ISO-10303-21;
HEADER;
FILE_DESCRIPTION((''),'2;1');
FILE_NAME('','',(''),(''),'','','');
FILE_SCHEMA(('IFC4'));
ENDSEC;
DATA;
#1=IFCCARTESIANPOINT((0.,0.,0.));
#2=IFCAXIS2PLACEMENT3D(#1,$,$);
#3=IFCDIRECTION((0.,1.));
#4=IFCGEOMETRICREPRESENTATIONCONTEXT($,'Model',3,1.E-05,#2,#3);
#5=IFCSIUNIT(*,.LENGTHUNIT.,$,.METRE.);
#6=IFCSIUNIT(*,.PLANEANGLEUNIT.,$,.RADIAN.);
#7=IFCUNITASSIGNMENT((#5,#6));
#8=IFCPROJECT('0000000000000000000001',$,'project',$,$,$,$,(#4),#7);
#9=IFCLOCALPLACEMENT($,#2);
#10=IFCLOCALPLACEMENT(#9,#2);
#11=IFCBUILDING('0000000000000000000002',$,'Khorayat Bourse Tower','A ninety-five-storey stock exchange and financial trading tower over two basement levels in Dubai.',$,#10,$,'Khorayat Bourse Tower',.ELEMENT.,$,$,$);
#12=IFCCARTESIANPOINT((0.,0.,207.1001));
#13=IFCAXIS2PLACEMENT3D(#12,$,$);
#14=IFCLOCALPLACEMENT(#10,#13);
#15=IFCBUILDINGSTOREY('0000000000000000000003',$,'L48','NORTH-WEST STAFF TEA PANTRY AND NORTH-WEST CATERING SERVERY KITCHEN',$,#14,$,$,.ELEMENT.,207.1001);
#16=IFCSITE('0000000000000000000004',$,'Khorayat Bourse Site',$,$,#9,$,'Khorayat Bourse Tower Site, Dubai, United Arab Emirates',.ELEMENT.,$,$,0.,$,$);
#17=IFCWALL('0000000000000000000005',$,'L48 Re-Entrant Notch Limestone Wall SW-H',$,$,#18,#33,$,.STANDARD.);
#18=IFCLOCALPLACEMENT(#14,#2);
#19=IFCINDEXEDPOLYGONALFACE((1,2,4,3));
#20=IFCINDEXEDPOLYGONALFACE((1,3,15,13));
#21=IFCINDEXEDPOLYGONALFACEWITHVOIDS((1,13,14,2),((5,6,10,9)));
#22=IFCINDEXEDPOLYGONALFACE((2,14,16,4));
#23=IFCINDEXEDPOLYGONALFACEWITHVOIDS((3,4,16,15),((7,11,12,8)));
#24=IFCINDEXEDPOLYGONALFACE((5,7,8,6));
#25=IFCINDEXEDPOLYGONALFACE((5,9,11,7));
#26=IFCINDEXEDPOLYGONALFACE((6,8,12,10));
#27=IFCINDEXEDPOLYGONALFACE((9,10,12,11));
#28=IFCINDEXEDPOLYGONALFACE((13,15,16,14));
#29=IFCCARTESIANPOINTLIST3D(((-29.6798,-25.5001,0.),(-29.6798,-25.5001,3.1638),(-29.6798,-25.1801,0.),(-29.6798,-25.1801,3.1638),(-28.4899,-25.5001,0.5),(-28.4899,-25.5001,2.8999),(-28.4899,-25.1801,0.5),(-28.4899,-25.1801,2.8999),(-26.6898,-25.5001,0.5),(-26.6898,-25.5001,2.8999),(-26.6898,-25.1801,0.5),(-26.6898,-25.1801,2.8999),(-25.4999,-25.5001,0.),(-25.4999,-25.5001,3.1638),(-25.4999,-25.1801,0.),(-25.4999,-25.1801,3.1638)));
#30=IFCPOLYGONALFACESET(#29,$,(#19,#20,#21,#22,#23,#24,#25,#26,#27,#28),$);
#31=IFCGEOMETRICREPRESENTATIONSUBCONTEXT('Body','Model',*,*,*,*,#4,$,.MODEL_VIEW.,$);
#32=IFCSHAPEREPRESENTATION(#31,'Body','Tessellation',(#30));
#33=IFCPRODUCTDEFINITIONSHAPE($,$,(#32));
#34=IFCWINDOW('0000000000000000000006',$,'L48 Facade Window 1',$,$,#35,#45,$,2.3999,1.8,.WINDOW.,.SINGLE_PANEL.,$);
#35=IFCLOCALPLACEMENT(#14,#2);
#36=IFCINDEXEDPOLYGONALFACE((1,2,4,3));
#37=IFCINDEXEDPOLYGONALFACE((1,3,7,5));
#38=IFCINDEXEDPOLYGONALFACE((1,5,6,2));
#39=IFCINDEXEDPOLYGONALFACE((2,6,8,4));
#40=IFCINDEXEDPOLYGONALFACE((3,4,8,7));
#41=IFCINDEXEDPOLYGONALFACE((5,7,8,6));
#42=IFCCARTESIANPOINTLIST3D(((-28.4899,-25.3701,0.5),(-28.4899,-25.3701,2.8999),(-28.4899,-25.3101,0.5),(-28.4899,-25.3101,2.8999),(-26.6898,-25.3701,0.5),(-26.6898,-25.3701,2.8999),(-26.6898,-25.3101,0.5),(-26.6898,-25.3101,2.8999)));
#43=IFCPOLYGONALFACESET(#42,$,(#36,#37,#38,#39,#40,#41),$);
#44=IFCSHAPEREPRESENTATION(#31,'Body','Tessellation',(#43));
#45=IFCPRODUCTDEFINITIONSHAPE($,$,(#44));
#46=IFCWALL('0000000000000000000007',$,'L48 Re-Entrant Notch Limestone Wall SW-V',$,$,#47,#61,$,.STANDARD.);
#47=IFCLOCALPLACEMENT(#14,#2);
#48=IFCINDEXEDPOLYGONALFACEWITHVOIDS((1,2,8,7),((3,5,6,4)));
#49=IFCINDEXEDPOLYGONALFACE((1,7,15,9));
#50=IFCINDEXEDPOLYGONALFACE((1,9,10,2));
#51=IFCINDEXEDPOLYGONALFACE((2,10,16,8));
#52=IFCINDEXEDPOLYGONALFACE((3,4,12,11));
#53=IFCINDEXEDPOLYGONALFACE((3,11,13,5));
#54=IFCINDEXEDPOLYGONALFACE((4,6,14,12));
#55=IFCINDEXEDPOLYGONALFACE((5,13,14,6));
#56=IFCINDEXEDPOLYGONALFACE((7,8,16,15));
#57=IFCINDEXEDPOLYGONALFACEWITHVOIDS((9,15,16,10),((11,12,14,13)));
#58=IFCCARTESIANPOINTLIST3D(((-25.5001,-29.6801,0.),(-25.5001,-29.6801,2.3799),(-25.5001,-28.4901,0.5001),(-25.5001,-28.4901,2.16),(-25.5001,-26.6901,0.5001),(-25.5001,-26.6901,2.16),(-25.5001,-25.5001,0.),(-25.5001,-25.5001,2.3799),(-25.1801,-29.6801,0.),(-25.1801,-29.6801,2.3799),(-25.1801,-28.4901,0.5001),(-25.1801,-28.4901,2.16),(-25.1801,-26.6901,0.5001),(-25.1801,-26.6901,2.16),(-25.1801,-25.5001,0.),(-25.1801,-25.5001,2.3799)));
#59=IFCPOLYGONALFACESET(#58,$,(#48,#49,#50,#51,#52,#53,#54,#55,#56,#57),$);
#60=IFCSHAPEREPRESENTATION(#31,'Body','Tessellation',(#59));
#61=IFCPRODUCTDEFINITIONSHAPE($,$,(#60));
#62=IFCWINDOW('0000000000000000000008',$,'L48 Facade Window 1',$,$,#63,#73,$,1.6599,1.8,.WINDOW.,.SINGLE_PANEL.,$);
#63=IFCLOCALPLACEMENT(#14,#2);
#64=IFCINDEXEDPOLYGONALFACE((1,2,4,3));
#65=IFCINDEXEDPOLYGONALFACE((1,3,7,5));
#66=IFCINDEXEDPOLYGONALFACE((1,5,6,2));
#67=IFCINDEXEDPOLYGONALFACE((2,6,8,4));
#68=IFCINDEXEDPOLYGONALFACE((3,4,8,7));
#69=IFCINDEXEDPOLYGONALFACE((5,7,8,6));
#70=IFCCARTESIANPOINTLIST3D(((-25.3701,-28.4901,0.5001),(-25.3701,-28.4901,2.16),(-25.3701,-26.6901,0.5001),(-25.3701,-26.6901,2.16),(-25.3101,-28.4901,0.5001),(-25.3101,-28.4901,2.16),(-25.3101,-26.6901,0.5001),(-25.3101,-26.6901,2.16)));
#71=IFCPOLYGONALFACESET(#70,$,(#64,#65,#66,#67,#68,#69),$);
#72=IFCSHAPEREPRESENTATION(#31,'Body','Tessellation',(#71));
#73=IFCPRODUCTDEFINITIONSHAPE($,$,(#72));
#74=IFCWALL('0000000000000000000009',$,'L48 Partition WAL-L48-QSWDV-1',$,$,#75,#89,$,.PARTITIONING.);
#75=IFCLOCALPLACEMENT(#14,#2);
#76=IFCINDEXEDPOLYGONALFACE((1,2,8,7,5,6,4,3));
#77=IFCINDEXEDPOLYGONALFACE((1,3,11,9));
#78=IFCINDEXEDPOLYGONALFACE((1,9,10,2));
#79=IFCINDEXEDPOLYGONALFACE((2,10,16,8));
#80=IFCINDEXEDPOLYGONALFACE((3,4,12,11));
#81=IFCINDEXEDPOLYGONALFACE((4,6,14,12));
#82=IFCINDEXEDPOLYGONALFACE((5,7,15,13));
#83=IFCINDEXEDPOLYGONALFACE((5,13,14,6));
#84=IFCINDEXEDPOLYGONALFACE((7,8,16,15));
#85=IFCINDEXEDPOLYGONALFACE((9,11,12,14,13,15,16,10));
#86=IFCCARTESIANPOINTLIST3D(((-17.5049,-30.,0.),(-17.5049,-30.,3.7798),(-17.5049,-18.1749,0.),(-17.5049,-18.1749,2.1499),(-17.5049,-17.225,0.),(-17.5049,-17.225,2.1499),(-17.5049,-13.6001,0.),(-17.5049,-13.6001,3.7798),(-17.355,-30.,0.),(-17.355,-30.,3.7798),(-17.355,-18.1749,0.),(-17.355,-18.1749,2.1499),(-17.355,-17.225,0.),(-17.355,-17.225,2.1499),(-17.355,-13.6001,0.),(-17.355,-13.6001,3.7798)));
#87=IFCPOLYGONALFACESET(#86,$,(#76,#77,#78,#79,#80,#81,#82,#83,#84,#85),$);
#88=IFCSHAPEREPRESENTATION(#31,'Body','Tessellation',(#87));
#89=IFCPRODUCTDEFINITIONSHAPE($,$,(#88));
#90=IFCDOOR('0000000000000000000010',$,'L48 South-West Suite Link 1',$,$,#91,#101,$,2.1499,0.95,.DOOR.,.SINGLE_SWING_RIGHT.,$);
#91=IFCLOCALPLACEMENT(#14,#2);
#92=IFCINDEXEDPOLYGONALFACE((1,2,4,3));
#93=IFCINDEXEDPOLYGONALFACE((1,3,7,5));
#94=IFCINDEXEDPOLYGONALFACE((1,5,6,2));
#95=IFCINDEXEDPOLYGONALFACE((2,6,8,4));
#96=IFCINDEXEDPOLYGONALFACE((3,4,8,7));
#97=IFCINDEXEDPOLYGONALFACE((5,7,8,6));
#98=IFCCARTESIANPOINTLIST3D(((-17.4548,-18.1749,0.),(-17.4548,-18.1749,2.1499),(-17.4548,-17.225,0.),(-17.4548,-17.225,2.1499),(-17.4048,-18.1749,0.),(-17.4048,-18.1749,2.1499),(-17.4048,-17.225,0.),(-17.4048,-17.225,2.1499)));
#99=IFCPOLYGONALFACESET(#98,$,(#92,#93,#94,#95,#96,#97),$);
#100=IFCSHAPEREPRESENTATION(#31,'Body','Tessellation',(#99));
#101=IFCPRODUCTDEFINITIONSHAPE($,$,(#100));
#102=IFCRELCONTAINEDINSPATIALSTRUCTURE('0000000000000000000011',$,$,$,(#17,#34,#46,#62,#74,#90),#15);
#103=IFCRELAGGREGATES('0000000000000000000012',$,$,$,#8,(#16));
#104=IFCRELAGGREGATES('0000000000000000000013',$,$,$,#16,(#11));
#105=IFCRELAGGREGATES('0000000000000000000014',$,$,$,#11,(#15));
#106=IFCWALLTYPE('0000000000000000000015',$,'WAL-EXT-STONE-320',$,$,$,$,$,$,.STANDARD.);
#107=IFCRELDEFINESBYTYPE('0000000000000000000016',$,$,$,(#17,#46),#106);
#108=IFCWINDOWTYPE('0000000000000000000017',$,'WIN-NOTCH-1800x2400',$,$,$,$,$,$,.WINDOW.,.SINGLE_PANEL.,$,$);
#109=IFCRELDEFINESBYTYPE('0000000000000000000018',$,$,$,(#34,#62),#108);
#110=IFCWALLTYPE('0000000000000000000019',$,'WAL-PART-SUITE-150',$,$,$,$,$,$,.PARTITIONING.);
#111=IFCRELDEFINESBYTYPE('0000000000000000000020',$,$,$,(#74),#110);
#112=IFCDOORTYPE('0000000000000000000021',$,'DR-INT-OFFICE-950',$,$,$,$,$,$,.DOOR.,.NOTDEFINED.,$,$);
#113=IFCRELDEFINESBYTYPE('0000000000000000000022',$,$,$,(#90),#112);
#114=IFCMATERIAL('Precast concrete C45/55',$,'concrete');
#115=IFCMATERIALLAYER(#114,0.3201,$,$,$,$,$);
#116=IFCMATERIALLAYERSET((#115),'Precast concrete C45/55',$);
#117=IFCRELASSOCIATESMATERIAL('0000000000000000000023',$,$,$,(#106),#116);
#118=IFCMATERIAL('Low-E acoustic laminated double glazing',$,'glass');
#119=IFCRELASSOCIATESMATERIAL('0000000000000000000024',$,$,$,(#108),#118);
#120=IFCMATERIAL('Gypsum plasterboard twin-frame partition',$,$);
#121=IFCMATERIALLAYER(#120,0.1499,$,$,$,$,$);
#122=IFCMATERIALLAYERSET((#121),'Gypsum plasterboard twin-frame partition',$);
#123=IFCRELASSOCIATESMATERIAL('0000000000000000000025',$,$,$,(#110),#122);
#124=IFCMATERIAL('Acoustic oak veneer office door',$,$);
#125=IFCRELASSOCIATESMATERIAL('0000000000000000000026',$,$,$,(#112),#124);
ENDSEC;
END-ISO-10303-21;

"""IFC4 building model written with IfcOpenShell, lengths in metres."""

from ifc_helpers import new_model, si_unit, direction, frame, frame_2d, origin, place, context, subcontext, project, spatial, rectangle, extrude, source, transform, mapped, material, layer, layer_set, type_object, element, fill, save


model = new_model("IFC4")

# Units and contexts
model_context = context("Model", 3, precision=1e-05, world=origin(), true_north=direction((0.0, 1.0)))
body_context = subcontext(model_context, "Body", "Model", "MODEL_VIEW")
ifc_project = project(units=[si_unit("LENGTHUNIT", "METRE"), si_unit("PLANEANGLEUNIT", "RADIAN")], contexts=[model_context])

# Site, building, storey
site_placement = place(None, origin())
site = spatial("IfcSite", under=ifc_project, at=site_placement, Name="Khorayat Bourse Site", LongName="Khorayat Bourse Tower Site, Dubai, United Arab Emirates", CompositionType="ELEMENT", RefElevation=0.0)
building_placement = place(site_placement, origin())
building = spatial("IfcBuilding", under=site, at=building_placement, Name="Khorayat Bourse Tower", Description="A ninety-five-storey stock exchange and financial trading tower over two basement levels in Dubai.", LongName="Khorayat Bourse Tower", CompositionType="ELEMENT")
storey_placement = place(building_placement, frame((0.0, 0.0, 207.1001)))
storey = spatial("IfcBuildingStorey", under=building, at=storey_placement, Name="L48", Description="NORTH-WEST STAFF TEA PANTRY AND NORTH-WEST CATERING SERVERY KITCHEN", CompositionType="ELEMENT", Elevation=207.1001)

# Walls, openings, windows
ifc_material_1 = material(Name="Precast concrete C45/55", Category="concrete")
ifc_layer_1 = layer(ifc_material_1, 0.3201)
ifc_layer_set_1 = layer_set([ifc_layer_1], Name="Precast concrete C45/55")
wall_type_1 = type_object("IfcWallType", Name="WAL-EXT-STONE-320", PredefinedType="STANDARD", material=ifc_layer_set_1)
shared_shape_1 = source(origin(), body_context, "Body", "SweptSolid", [
    extrude(rectangle(XDim=4.1799, YDim=0.3201, at=frame_2d((2.0898, 0.0))), origin(), (0.0, 0.0, 1.0), 3.1638),
])
wall_1_placement = place(storey_placement, frame((-25.5, -25.3401, 0.0), z_axis=(0.0, 0.0, 1.0), x_axis=(-1.0, 0.0, 0.0)))
wall_1 = element("IfcWall", 1, at=wall_1_placement, inside=storey, type_object=wall_type_1, Name="L48 Re-Entrant Notch Limestone Wall SW-H", PredefinedType="STANDARD", context=body_context, shape_type="MappedRepresentation", body=[
    mapped(shared_shape_1, transform((0.0, 0.0, 0.0), scale=1.0)),
])
shared_shape_2 = source(origin(), body_context, "Body", "SweptSolid", [
    extrude(rectangle(XDim=1.8, YDim=2.3999, at=frame_2d((0.8999, 1.2))), frame((0.0, 0.1699, 0.0), z_axis=(0.0, -1.0, 0.0), x_axis=(1.0, 0.0, 0.0)), (0.0, 0.0, 1.0), 0.3401),
])
opening_1_placement = place(wall_1_placement, frame((1.1899, 0.0, 0.5)))
opening_1 = element("IfcOpeningElement", 2, at=opening_1_placement, cuts=wall_1, PredefinedType="OPENING", context=body_context, shape_type="MappedRepresentation", body=[
    mapped(shared_shape_2, transform((0.0, 0.0, 0.0), scale=1.0)),
])
ifc_material_2 = material(Name="Low-E acoustic laminated double glazing", Category="glass")
window_type = type_object("IfcWindowType", Name="WIN-NOTCH-1800x2400", PartitioningType="SINGLE_PANEL", PredefinedType="WINDOW", material=ifc_material_2)
shared_shape_3 = source(origin(), body_context, "Body", "SweptSolid", [
    extrude(rectangle(XDim=1.8, YDim=2.3999, at=frame_2d((0.8999, 1.2))), frame((0.0, 0.03, 0.0), z_axis=(0.0, -1.0, 0.0), x_axis=(1.0, 0.0, 0.0)), (0.0, 0.0, 1.0), 0.0601),
])
window_1_placement = place(opening_1_placement, origin())
window_1 = element("IfcWindow", 3, at=window_1_placement, inside=storey, type_object=window_type, Name="L48 Facade Window 1", OverallHeight=2.3999, OverallWidth=1.8, PartitioningType="SINGLE_PANEL", PredefinedType="WINDOW", context=body_context, shape_type="MappedRepresentation", body=[
    mapped(shared_shape_3, transform((0.0, 0.0, 0.0), scale=1.0)),
])
fill(opening_1, window_1)
shared_shape_4 = source(origin(), body_context, "Body", "SweptSolid", [
    extrude(rectangle(XDim=4.1799, YDim=0.3201, at=frame_2d((2.0898, 0.0))), origin(), (0.0, 0.0, 1.0), 2.3799),
])
wall_2_placement = place(storey_placement, frame((-25.3401, -29.6799, 0.0), z_axis=(0.0, 0.0, 1.0), x_axis=(0.0, 1.0, 0.0)))
wall_2 = element("IfcWall", 4, at=wall_2_placement, inside=storey, type_object=wall_type_1, Name="L48 Re-Entrant Notch Limestone Wall SW-V", PredefinedType="STANDARD", context=body_context, shape_type="MappedRepresentation", body=[
    mapped(shared_shape_4, transform((0.0, 0.0, 0.0), scale=1.0)),
])
shared_shape_5 = source(origin(), body_context, "Body", "SweptSolid", [
    extrude(rectangle(XDim=1.8, YDim=1.6599, at=frame_2d((0.8999, 0.8301))), frame((0.0, 0.1699, 0.0), z_axis=(0.0, -1.0, 0.0), x_axis=(1.0, 0.0, 0.0)), (0.0, 0.0, 1.0), 0.3401),
])
opening_2_placement = place(wall_2_placement, frame((1.1899, 0.0, 0.5)))
opening_2 = element("IfcOpeningElement", 5, at=opening_2_placement, cuts=wall_2, PredefinedType="OPENING", context=body_context, shape_type="MappedRepresentation", body=[
    mapped(shared_shape_5, transform((0.0, 0.0, 0.0), scale=1.0)),
])
shared_shape_6 = source(origin(), body_context, "Body", "SweptSolid", [
    extrude(rectangle(XDim=1.8, YDim=1.6599, at=frame_2d((0.8999, 0.8301))), frame((0.0, 0.03, 0.0), z_axis=(0.0, -1.0, 0.0), x_axis=(1.0, 0.0, 0.0)), (0.0, 0.0, 1.0), 0.0601),
])
window_2_placement = place(opening_2_placement, origin())
window_2 = element("IfcWindow", 6, at=window_2_placement, inside=storey, type_object=window_type, Name="L48 Facade Window 1", OverallHeight=1.6599, OverallWidth=1.8, PartitioningType="SINGLE_PANEL", PredefinedType="WINDOW", context=body_context, shape_type="MappedRepresentation", body=[
    mapped(shared_shape_6, transform((0.0, 0.0, 0.0), scale=1.0)),
])
fill(opening_2, window_2)

# Wall, opening, door
ifc_material_3 = material(Name="Gypsum plasterboard twin-frame partition")
ifc_layer_2 = layer(ifc_material_3, 0.1499)
ifc_layer_set_2 = layer_set([ifc_layer_2], Name="Gypsum plasterboard twin-frame partition")
wall_type_2 = type_object("IfcWallType", Name="WAL-PART-SUITE-150", PredefinedType="PARTITIONING", material=ifc_layer_set_2)
shared_shape_7 = source(origin(), body_context, "Body", "SweptSolid", [
    extrude(rectangle(XDim=16.3999, YDim=0.1499, at=frame_2d((8.2, 0.0))), origin(), (0.0, 0.0, 1.0), 3.7798),
])
wall_3_placement = place(storey_placement, frame((-17.4299, -30.0, 0.0), z_axis=(0.0, 0.0, 1.0), x_axis=(0.0, 1.0, 0.0)))
wall_3 = element("IfcWall", 7, at=wall_3_placement, inside=storey, type_object=wall_type_2, Name="L48 Partition WAL-L48-QSWDV-1", PredefinedType="PARTITIONING", context=body_context, shape_type="MappedRepresentation", body=[
    mapped(shared_shape_7, transform((0.0, 0.0, 0.0), scale=1.0)),
])
shared_shape_8 = source(origin(), body_context, "Body", "SweptSolid", [
    extrude(rectangle(XDim=0.95, YDim=2.1499, at=frame_2d((0.4751, 1.075))), frame((0.0, 0.085, 0.0), z_axis=(0.0, -1.0, 0.0), x_axis=(1.0, 0.0, 0.0)), (0.0, 0.0, 1.0), 0.1699),
])
opening_3_placement = place(wall_3_placement, frame((11.825, 0.0, 0.0)))
opening_3 = element("IfcOpeningElement", 8, at=opening_3_placement, cuts=wall_3, PredefinedType="OPENING", context=body_context, shape_type="MappedRepresentation", body=[
    mapped(shared_shape_8, transform((0.0, 0.0, 0.0), scale=1.0)),
])
ifc_material_4 = material(Name="Acoustic oak veneer office door")
door_type = type_object("IfcDoorType", Name="DR-INT-OFFICE-950", OperationType="NOTDEFINED", PredefinedType="DOOR", material=ifc_material_4)
shared_shape_9 = source(origin(), body_context, "Body", "SweptSolid", [
    extrude(rectangle(XDim=0.95, YDim=2.1499, at=frame_2d((0.4751, 1.075))), frame((0.0, 0.0249, 0.0), z_axis=(0.0, -1.0, 0.0), x_axis=(1.0, 0.0, 0.0)), (0.0, 0.0, 1.0), 0.05),
])
door_placement = place(opening_3_placement, origin())
door = element("IfcDoor", 9, at=door_placement, inside=storey, type_object=door_type, Name="L48 South-West Suite Link 1", OperationType="SINGLE_SWING_RIGHT", OverallHeight=2.1499, OverallWidth=0.95, PredefinedType="DOOR", context=body_context, shape_type="MappedRepresentation", body=[
    mapped(shared_shape_9, transform((0.0, 0.0, 0.0), scale=1.0)),
])
fill(opening_3, door)

save(model, "model.ifc")
